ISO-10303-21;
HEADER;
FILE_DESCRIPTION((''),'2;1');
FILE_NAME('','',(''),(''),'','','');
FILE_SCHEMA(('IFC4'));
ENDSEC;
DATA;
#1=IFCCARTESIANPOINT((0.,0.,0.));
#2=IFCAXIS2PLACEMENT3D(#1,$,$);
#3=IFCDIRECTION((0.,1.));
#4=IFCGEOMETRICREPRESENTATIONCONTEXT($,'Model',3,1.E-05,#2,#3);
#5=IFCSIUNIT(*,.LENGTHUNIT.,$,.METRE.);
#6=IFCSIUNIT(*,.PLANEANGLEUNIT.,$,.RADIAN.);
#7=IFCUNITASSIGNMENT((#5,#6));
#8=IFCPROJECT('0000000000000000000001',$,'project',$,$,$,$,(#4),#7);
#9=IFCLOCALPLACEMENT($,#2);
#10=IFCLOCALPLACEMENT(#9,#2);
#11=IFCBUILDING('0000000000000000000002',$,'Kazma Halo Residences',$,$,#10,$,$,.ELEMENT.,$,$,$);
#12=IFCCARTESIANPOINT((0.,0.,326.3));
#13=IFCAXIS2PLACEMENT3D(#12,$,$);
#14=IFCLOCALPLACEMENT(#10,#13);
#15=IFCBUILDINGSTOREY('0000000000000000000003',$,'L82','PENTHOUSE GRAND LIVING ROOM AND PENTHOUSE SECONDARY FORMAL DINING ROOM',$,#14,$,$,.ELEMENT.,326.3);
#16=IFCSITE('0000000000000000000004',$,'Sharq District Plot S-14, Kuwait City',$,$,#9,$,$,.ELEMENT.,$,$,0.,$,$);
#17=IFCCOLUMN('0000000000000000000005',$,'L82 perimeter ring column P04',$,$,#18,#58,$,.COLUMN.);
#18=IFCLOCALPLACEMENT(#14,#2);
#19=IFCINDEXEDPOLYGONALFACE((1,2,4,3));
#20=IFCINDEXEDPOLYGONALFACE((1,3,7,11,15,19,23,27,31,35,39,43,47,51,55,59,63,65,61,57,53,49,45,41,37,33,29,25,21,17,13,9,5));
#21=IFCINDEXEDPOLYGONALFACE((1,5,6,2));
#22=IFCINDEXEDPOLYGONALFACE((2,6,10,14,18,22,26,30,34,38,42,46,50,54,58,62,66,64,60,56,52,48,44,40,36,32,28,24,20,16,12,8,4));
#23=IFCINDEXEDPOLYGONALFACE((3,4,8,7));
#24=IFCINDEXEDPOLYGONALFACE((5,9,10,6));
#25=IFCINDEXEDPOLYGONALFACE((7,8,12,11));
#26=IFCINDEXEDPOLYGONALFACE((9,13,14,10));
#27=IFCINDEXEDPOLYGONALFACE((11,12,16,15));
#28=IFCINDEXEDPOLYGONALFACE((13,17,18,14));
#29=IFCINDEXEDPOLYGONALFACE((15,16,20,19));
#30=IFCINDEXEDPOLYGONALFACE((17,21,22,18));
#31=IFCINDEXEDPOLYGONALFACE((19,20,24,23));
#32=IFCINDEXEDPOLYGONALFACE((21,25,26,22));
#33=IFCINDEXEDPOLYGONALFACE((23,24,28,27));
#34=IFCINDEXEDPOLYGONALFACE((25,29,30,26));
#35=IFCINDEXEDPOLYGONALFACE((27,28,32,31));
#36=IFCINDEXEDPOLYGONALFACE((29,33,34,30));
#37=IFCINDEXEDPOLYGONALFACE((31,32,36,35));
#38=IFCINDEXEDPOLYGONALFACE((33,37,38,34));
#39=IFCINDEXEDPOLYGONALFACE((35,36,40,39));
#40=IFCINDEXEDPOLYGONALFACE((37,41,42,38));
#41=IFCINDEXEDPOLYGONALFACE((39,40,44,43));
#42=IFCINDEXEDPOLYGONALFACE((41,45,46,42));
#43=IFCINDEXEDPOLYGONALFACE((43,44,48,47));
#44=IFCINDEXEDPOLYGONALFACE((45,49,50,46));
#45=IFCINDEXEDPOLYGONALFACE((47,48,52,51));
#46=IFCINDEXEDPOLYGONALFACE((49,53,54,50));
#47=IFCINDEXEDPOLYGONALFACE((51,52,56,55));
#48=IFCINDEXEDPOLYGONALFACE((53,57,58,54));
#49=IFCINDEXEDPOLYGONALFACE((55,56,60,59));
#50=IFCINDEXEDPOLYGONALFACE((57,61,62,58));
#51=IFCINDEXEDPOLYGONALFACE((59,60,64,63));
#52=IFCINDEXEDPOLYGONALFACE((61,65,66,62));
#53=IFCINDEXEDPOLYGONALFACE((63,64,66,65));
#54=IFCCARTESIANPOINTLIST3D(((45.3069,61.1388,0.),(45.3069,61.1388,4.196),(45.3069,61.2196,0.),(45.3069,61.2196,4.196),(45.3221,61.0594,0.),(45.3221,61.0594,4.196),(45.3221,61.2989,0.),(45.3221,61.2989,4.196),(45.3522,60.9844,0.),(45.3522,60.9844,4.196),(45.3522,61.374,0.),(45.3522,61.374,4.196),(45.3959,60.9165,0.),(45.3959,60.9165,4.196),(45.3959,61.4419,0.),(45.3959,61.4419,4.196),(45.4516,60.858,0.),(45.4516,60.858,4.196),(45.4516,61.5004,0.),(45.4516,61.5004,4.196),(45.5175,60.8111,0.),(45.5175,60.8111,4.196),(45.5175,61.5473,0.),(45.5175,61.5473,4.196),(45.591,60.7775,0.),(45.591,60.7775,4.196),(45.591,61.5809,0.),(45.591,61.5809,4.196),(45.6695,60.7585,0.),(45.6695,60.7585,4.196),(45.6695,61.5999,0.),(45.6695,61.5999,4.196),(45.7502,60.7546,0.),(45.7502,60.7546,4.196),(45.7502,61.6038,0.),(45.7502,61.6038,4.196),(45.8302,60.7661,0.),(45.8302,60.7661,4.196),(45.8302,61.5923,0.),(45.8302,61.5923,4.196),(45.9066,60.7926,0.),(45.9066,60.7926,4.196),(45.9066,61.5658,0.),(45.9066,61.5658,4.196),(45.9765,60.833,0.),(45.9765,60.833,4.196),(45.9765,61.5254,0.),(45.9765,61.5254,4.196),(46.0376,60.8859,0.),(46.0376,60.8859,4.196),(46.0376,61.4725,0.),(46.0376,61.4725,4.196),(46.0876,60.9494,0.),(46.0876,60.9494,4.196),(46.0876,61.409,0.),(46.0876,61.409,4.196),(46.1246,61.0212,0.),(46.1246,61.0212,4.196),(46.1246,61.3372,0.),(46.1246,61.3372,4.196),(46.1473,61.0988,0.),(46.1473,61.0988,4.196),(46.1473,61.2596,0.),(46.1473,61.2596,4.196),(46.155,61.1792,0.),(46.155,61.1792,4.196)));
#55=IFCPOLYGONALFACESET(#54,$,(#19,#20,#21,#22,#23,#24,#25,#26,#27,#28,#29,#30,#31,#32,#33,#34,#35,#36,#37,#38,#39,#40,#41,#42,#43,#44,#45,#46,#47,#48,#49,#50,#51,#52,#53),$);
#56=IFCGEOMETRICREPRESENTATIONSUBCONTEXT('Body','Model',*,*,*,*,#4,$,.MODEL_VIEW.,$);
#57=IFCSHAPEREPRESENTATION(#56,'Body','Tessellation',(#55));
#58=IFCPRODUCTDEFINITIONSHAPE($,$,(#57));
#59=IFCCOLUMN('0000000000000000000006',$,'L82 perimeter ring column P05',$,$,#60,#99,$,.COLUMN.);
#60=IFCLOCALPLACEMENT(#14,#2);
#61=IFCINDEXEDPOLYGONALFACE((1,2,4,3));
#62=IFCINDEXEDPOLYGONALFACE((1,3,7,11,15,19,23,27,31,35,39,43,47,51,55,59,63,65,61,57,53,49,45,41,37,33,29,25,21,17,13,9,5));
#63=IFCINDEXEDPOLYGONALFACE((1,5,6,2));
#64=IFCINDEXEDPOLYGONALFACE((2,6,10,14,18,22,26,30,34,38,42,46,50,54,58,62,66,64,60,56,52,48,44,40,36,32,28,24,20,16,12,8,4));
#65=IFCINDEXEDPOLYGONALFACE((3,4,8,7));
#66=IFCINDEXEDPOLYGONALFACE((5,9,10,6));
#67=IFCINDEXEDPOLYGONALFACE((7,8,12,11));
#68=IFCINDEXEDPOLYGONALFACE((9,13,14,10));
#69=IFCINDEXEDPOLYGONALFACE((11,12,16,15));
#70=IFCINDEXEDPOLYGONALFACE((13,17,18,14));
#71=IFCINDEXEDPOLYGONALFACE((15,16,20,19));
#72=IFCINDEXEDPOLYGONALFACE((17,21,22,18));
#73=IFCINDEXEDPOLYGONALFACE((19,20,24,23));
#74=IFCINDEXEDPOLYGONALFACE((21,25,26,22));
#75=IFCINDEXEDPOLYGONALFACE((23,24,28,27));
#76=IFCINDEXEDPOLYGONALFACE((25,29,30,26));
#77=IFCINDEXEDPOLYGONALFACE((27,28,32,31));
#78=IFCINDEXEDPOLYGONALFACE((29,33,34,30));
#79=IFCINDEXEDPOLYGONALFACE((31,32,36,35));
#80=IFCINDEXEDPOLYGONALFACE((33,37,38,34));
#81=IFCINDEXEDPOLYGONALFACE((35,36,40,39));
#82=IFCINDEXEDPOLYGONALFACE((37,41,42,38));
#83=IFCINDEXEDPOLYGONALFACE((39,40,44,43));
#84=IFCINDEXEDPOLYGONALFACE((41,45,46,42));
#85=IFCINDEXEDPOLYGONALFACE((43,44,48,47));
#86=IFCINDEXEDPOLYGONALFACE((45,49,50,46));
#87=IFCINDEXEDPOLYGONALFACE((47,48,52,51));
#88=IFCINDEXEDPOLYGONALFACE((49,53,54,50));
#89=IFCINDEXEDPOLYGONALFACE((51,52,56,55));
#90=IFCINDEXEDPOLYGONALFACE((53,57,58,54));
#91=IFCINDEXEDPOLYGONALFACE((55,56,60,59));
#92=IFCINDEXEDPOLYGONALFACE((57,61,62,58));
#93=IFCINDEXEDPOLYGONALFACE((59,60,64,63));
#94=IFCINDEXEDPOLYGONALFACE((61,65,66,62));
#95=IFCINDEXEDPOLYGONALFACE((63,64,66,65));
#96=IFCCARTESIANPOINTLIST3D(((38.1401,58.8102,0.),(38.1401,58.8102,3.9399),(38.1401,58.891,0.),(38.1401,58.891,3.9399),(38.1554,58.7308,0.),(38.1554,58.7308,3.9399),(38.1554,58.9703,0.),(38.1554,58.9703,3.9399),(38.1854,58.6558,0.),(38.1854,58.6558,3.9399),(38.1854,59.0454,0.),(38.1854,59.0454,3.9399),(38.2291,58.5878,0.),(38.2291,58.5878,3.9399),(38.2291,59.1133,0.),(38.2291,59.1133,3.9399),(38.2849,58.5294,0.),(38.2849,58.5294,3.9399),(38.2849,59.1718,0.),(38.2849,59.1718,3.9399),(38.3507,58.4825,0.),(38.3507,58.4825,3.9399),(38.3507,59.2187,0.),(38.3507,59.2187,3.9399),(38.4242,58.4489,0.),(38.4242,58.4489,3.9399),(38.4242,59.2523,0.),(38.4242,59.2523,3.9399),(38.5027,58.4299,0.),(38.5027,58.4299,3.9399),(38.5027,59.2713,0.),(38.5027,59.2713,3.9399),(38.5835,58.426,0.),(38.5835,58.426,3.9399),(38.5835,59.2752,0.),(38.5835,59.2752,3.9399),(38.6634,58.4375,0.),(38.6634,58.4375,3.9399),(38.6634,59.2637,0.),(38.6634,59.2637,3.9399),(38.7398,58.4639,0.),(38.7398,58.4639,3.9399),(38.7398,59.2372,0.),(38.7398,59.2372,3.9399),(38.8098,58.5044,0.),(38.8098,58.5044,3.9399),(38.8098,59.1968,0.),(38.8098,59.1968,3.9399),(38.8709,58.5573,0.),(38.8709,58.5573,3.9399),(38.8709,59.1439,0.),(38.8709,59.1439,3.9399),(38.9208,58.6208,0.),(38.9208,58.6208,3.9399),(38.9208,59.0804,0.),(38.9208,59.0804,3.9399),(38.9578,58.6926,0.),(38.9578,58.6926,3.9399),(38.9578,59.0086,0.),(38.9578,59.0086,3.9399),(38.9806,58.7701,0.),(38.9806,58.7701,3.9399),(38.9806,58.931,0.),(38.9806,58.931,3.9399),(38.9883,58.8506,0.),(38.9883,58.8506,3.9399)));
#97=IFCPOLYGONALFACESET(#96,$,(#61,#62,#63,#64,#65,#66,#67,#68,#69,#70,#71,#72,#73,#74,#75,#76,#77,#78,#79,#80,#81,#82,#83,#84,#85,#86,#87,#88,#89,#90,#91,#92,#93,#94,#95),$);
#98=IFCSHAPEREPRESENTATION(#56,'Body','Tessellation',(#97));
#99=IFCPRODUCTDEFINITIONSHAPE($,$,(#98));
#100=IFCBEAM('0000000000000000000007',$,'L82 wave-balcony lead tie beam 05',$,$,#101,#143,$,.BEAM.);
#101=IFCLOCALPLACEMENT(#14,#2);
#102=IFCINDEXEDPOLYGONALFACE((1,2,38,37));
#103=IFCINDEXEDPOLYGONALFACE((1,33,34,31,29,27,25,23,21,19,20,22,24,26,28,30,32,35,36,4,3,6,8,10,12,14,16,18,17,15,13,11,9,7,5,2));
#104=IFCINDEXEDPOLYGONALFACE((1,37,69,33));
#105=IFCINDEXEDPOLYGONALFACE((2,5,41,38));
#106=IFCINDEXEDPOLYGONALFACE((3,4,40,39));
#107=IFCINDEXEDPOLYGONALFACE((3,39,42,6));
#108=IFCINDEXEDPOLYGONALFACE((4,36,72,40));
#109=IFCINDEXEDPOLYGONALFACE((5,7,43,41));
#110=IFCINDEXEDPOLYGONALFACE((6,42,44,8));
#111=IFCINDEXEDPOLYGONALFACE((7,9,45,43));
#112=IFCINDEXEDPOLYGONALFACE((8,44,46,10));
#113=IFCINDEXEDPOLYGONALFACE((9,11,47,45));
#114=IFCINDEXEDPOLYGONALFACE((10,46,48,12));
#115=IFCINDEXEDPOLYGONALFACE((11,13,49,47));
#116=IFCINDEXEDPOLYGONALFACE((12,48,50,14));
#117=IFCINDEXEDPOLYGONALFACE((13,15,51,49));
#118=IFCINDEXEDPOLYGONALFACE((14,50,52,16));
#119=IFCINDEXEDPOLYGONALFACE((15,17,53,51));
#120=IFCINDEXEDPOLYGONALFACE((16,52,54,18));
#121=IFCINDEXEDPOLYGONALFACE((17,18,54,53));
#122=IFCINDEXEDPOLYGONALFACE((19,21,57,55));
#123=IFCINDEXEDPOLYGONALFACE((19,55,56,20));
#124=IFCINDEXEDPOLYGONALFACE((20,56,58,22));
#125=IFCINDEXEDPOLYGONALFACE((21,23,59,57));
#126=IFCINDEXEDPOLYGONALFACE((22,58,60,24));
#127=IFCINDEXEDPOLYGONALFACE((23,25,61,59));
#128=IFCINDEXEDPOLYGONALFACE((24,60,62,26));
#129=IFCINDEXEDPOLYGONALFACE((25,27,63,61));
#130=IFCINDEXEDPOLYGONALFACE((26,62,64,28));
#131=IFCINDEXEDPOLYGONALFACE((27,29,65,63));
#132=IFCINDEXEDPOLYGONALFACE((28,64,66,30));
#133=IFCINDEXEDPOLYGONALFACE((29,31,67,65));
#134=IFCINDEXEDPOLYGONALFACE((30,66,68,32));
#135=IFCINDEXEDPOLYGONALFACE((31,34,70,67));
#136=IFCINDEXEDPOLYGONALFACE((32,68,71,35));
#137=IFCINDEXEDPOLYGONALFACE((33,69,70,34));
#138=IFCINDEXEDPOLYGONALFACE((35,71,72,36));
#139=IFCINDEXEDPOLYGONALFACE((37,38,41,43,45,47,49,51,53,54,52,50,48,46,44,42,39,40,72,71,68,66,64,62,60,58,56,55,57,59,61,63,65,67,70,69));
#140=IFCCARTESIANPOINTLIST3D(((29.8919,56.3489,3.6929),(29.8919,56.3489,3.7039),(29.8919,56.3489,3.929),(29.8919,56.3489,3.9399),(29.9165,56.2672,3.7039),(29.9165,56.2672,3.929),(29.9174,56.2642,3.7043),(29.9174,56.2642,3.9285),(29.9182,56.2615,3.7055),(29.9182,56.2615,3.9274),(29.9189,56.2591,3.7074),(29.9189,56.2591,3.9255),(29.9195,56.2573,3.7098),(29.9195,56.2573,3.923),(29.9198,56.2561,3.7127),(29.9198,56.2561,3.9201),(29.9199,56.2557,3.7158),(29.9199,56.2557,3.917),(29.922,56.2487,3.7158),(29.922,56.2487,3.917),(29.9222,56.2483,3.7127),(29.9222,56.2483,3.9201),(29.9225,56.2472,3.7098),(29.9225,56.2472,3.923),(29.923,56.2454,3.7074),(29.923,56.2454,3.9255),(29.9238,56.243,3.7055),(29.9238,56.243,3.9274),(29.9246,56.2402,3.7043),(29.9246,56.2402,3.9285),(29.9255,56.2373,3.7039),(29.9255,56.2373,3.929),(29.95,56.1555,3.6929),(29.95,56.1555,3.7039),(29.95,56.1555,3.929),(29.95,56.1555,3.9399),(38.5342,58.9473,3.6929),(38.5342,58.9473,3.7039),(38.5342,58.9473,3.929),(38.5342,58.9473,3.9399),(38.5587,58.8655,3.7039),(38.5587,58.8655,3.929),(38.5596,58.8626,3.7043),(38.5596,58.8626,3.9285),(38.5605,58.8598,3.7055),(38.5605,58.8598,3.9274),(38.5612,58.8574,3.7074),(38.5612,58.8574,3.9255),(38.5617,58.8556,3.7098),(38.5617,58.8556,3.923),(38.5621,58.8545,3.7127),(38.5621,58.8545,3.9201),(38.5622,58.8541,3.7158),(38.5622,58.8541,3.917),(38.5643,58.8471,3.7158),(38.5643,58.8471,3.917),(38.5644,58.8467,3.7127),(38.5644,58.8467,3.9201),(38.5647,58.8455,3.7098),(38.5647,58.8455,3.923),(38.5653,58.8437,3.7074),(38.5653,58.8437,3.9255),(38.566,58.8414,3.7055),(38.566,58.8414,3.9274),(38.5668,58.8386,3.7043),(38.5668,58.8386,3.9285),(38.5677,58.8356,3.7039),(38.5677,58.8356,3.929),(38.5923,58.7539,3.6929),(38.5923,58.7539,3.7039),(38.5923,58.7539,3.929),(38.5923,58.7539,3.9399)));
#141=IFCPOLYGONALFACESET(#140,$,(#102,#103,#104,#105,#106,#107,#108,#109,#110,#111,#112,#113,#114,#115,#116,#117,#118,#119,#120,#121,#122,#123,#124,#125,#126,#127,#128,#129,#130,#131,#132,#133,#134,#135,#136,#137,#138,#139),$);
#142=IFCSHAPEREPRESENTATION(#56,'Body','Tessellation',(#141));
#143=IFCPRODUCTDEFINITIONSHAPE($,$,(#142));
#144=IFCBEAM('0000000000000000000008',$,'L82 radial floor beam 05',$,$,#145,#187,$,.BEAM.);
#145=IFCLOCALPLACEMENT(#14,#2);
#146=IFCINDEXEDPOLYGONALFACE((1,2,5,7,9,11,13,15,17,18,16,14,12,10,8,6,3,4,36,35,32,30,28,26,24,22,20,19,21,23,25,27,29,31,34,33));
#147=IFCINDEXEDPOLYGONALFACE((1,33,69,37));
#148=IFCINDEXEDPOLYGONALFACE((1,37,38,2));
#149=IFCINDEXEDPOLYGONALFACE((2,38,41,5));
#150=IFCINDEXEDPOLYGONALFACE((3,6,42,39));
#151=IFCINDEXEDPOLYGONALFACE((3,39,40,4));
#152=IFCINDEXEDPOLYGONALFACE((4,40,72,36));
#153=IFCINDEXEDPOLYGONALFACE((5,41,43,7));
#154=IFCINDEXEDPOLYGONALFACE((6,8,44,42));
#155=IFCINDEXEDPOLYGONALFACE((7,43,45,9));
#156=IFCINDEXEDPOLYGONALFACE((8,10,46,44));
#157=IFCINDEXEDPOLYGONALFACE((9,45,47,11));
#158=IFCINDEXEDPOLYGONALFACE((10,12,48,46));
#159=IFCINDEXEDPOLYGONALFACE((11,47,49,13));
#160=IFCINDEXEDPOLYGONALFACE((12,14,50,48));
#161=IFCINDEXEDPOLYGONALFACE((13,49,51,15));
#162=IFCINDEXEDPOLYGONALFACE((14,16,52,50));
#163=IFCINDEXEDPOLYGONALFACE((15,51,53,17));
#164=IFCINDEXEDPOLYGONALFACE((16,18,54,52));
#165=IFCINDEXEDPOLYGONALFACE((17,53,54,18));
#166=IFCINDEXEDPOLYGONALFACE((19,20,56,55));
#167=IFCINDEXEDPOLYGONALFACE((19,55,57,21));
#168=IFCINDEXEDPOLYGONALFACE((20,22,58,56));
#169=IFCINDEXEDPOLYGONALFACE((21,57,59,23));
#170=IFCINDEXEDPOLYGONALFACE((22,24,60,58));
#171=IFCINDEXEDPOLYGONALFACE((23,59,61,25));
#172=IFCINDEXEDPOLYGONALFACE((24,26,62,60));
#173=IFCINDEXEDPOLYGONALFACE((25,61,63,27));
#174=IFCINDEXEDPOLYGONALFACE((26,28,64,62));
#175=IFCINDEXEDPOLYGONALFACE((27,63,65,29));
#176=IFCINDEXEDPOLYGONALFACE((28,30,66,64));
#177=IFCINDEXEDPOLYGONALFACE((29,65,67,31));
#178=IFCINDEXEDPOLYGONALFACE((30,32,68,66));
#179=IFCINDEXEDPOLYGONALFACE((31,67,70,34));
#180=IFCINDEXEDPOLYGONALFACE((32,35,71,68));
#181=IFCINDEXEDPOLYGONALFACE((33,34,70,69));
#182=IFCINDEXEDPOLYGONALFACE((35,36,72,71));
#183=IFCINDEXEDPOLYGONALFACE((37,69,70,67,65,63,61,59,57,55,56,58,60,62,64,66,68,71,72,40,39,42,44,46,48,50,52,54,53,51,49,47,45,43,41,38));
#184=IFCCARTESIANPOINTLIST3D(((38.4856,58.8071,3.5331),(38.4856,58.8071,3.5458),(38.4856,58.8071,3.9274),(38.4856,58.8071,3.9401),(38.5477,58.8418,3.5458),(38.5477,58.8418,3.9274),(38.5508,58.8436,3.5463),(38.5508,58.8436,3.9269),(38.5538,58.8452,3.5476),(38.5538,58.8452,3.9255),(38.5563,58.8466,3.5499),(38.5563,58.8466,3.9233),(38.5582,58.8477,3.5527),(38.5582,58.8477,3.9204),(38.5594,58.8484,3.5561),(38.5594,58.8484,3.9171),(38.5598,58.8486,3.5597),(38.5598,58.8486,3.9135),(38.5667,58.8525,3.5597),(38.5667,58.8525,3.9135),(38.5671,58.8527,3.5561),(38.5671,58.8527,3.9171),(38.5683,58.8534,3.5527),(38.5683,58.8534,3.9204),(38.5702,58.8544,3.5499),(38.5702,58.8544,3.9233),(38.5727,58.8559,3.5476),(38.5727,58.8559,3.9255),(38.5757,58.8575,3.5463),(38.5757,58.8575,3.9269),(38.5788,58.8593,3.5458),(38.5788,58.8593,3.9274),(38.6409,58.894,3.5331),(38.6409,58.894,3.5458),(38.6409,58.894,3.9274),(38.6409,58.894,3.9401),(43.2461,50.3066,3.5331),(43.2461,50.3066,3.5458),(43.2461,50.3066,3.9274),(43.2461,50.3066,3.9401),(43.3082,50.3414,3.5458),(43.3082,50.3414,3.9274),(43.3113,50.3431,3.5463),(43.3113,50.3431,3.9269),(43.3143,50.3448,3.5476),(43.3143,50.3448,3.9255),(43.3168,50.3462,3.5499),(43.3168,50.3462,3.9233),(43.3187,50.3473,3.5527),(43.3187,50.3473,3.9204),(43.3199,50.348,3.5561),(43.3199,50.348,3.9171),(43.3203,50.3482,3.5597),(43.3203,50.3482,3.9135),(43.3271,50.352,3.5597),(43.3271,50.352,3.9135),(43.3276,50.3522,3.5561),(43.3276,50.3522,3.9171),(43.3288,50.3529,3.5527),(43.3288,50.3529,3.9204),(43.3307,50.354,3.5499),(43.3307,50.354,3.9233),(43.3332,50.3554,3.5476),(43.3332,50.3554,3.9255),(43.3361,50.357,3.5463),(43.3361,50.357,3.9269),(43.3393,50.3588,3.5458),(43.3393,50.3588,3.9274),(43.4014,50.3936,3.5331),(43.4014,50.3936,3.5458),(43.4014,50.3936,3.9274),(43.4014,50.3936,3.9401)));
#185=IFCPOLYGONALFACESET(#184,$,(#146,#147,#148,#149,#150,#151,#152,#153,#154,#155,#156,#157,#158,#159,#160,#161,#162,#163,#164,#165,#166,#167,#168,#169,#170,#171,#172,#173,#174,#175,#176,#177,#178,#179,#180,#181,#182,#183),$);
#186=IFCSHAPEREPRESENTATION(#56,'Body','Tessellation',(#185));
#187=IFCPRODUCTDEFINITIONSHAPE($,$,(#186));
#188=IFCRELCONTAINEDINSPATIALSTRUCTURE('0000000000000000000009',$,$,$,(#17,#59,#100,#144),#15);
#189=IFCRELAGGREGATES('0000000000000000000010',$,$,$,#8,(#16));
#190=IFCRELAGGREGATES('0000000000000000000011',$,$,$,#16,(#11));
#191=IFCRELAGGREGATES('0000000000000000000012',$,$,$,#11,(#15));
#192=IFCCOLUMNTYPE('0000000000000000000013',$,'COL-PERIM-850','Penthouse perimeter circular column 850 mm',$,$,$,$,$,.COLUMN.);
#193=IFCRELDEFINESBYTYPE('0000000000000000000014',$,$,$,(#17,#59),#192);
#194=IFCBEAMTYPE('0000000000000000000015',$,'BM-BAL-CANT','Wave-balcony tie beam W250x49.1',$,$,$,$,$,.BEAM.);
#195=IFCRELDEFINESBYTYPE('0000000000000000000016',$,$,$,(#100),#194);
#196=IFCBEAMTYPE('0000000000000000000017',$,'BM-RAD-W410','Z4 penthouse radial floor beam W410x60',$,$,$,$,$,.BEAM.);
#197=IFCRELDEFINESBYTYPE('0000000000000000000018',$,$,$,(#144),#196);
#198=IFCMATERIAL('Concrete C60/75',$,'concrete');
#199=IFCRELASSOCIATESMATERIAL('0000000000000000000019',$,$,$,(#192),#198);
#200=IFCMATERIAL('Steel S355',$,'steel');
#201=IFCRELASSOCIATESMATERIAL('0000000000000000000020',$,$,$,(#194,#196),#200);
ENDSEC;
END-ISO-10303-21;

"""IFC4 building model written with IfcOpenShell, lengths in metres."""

from ifc_helpers import new_model, si_unit, direction, frame, origin, origin_2d, place, context, subcontext, project, spatial, circle, i_section, extrude, material, material_profile, profile_set, type_object, element, save


model = new_model("IFC4")

# Units and contexts
model_context = context("Model", 3, precision=1e-05, world=origin(), true_north=direction((0.0, 1.0)))
body_context = subcontext(model_context, "Body", "Model", "MODEL_VIEW")
ifc_project = project(units=[si_unit("LENGTHUNIT", "METRE"), si_unit("PLANEANGLEUNIT", "RADIAN")], contexts=[model_context])

# Site, building, storey
site_placement = place(None, origin())
site = spatial("IfcSite", under=ifc_project, at=site_placement, Name="Sharq District Plot S-14, Kuwait City", CompositionType="ELEMENT", RefElevation=0.0)
building_placement = place(site_placement, origin())
building = spatial("IfcBuilding", under=site, at=building_placement, Name="Kazma Halo Residences", CompositionType="ELEMENT")
storey_placement = place(building_placement, frame((0.0, 0.0, 326.3)))
storey = spatial("IfcBuildingStorey", under=building, at=storey_placement, Name="L82", Description="PENTHOUSE GRAND LIVING ROOM AND PENTHOUSE SECONDARY FORMAL DINING ROOM", CompositionType="ELEMENT", Elevation=326.3)

# Columns
ifc_material_1 = material(Name="Concrete C60/75", Category="concrete")
ifc_material_profile_1 = material_profile(ifc_material_1, circle(Radius=0.425, at=origin_2d()), Name="CIRC850")
ifc_profile_set_1 = profile_set([ifc_material_profile_1], Name="Concrete C60/75")
column_type = type_object("IfcColumnType", Name="COL-PERIM-850", Description="Penthouse perimeter circular column 850 mm", PredefinedType="COLUMN", material=ifc_profile_set_1)
column_1_placement = place(storey_placement, frame((45.73, 61.1792, 0.0), z_axis=(0.0, 0.0, 1.0), x_axis=(1.0, 0.0, 0.0)))
element("IfcColumn", 1, at=column_1_placement, inside=storey, type_object=column_type, Name="L82 perimeter ring column P04", PredefinedType="COLUMN", context=body_context, shape_type="SweptSolid", body=[
    extrude(circle(Radius=0.425, at=origin_2d()), origin(), (0.0, 0.0, 1.0), 4.196),
])
column_2_placement = place(storey_placement, frame((38.5632, 58.8506, 0.0), z_axis=(0.0, 0.0, 1.0), x_axis=(1.0, 0.0, 0.0)))
element("IfcColumn", 2, at=column_2_placement, inside=storey, type_object=column_type, Name="L82 perimeter ring column P05", PredefinedType="COLUMN", context=body_context, shape_type="SweptSolid", body=[
    extrude(circle(Radius=0.425, at=origin_2d()), origin(), (0.0, 0.0, 1.0), 3.9399),
])

# Beams
ifc_material_2 = material(Name="Steel S355", Category="steel")
ifc_material_profile_2 = material_profile(ifc_material_2, i_section(OverallWidth=0.2019, OverallDepth=0.2471, WebThickness=0.0073, FlangeThickness=0.011, FilletRadius=0.012, at=origin_2d()), Name="W250x49.1")
ifc_profile_set_2 = profile_set([ifc_material_profile_2], Name="Steel S355")
beam_type_1 = type_object("IfcBeamType", Name="BM-BAL-CANT", Description="Wave-balcony tie beam W250x49.1", PredefinedType="BEAM", material=ifc_profile_set_2)
beam_1_placement = place(storey_placement, frame((38.5632, 58.8506, 3.8164), z_axis=(-0.957653, -0.287926, 0.0), x_axis=(0.287926, -0.957653, 0.0)))
element("IfcBeam", 3, at=beam_1_placement, inside=storey, type_object=beam_type_1, Name="L82 wave-balcony lead tie beam 05", PredefinedType="BEAM", context=body_context, shape_type="SweptSolid", body=[
    extrude(i_section(OverallWidth=0.2019, OverallDepth=0.2471, WebThickness=0.0073, FlangeThickness=0.011, FilletRadius=0.012, at=origin_2d()), origin(), (0.0, 0.0, 1.0), 9.0244),
])
ifc_material_profile_3 = material_profile(ifc_material_2, i_section(OverallWidth=0.178, OverallDepth=0.407, WebThickness=0.0078, FlangeThickness=0.0127, FilletRadius=0.0139, at=origin_2d()), Name="W410x60")
ifc_profile_set_3 = profile_set([ifc_material_profile_3], Name="Steel S355")
beam_type_2 = type_object("IfcBeamType", Name="BM-RAD-W410", Description="Z4 penthouse radial floor beam W410x60", PredefinedType="BEAM", material=ifc_profile_set_3)
beam_2_placement = place(storey_placement, frame((43.3237, 50.3501, 3.7366), z_axis=(-0.488621, 0.872496, 0.0), x_axis=(-0.872496, -0.488621, 0.0)))
element("IfcBeam", 4, at=beam_2_placement, inside=storey, type_object=beam_type_2, Name="L82 radial floor beam 05", PredefinedType="BEAM", context=body_context, shape_type="SweptSolid", body=[
    extrude(i_section(OverallWidth=0.178, OverallDepth=0.407, WebThickness=0.0078, FlangeThickness=0.0127, FilletRadius=0.0139, at=origin_2d()), origin(), (0.0, 0.0, 1.0), 9.7427),
])

save(model, "model.ifc")
